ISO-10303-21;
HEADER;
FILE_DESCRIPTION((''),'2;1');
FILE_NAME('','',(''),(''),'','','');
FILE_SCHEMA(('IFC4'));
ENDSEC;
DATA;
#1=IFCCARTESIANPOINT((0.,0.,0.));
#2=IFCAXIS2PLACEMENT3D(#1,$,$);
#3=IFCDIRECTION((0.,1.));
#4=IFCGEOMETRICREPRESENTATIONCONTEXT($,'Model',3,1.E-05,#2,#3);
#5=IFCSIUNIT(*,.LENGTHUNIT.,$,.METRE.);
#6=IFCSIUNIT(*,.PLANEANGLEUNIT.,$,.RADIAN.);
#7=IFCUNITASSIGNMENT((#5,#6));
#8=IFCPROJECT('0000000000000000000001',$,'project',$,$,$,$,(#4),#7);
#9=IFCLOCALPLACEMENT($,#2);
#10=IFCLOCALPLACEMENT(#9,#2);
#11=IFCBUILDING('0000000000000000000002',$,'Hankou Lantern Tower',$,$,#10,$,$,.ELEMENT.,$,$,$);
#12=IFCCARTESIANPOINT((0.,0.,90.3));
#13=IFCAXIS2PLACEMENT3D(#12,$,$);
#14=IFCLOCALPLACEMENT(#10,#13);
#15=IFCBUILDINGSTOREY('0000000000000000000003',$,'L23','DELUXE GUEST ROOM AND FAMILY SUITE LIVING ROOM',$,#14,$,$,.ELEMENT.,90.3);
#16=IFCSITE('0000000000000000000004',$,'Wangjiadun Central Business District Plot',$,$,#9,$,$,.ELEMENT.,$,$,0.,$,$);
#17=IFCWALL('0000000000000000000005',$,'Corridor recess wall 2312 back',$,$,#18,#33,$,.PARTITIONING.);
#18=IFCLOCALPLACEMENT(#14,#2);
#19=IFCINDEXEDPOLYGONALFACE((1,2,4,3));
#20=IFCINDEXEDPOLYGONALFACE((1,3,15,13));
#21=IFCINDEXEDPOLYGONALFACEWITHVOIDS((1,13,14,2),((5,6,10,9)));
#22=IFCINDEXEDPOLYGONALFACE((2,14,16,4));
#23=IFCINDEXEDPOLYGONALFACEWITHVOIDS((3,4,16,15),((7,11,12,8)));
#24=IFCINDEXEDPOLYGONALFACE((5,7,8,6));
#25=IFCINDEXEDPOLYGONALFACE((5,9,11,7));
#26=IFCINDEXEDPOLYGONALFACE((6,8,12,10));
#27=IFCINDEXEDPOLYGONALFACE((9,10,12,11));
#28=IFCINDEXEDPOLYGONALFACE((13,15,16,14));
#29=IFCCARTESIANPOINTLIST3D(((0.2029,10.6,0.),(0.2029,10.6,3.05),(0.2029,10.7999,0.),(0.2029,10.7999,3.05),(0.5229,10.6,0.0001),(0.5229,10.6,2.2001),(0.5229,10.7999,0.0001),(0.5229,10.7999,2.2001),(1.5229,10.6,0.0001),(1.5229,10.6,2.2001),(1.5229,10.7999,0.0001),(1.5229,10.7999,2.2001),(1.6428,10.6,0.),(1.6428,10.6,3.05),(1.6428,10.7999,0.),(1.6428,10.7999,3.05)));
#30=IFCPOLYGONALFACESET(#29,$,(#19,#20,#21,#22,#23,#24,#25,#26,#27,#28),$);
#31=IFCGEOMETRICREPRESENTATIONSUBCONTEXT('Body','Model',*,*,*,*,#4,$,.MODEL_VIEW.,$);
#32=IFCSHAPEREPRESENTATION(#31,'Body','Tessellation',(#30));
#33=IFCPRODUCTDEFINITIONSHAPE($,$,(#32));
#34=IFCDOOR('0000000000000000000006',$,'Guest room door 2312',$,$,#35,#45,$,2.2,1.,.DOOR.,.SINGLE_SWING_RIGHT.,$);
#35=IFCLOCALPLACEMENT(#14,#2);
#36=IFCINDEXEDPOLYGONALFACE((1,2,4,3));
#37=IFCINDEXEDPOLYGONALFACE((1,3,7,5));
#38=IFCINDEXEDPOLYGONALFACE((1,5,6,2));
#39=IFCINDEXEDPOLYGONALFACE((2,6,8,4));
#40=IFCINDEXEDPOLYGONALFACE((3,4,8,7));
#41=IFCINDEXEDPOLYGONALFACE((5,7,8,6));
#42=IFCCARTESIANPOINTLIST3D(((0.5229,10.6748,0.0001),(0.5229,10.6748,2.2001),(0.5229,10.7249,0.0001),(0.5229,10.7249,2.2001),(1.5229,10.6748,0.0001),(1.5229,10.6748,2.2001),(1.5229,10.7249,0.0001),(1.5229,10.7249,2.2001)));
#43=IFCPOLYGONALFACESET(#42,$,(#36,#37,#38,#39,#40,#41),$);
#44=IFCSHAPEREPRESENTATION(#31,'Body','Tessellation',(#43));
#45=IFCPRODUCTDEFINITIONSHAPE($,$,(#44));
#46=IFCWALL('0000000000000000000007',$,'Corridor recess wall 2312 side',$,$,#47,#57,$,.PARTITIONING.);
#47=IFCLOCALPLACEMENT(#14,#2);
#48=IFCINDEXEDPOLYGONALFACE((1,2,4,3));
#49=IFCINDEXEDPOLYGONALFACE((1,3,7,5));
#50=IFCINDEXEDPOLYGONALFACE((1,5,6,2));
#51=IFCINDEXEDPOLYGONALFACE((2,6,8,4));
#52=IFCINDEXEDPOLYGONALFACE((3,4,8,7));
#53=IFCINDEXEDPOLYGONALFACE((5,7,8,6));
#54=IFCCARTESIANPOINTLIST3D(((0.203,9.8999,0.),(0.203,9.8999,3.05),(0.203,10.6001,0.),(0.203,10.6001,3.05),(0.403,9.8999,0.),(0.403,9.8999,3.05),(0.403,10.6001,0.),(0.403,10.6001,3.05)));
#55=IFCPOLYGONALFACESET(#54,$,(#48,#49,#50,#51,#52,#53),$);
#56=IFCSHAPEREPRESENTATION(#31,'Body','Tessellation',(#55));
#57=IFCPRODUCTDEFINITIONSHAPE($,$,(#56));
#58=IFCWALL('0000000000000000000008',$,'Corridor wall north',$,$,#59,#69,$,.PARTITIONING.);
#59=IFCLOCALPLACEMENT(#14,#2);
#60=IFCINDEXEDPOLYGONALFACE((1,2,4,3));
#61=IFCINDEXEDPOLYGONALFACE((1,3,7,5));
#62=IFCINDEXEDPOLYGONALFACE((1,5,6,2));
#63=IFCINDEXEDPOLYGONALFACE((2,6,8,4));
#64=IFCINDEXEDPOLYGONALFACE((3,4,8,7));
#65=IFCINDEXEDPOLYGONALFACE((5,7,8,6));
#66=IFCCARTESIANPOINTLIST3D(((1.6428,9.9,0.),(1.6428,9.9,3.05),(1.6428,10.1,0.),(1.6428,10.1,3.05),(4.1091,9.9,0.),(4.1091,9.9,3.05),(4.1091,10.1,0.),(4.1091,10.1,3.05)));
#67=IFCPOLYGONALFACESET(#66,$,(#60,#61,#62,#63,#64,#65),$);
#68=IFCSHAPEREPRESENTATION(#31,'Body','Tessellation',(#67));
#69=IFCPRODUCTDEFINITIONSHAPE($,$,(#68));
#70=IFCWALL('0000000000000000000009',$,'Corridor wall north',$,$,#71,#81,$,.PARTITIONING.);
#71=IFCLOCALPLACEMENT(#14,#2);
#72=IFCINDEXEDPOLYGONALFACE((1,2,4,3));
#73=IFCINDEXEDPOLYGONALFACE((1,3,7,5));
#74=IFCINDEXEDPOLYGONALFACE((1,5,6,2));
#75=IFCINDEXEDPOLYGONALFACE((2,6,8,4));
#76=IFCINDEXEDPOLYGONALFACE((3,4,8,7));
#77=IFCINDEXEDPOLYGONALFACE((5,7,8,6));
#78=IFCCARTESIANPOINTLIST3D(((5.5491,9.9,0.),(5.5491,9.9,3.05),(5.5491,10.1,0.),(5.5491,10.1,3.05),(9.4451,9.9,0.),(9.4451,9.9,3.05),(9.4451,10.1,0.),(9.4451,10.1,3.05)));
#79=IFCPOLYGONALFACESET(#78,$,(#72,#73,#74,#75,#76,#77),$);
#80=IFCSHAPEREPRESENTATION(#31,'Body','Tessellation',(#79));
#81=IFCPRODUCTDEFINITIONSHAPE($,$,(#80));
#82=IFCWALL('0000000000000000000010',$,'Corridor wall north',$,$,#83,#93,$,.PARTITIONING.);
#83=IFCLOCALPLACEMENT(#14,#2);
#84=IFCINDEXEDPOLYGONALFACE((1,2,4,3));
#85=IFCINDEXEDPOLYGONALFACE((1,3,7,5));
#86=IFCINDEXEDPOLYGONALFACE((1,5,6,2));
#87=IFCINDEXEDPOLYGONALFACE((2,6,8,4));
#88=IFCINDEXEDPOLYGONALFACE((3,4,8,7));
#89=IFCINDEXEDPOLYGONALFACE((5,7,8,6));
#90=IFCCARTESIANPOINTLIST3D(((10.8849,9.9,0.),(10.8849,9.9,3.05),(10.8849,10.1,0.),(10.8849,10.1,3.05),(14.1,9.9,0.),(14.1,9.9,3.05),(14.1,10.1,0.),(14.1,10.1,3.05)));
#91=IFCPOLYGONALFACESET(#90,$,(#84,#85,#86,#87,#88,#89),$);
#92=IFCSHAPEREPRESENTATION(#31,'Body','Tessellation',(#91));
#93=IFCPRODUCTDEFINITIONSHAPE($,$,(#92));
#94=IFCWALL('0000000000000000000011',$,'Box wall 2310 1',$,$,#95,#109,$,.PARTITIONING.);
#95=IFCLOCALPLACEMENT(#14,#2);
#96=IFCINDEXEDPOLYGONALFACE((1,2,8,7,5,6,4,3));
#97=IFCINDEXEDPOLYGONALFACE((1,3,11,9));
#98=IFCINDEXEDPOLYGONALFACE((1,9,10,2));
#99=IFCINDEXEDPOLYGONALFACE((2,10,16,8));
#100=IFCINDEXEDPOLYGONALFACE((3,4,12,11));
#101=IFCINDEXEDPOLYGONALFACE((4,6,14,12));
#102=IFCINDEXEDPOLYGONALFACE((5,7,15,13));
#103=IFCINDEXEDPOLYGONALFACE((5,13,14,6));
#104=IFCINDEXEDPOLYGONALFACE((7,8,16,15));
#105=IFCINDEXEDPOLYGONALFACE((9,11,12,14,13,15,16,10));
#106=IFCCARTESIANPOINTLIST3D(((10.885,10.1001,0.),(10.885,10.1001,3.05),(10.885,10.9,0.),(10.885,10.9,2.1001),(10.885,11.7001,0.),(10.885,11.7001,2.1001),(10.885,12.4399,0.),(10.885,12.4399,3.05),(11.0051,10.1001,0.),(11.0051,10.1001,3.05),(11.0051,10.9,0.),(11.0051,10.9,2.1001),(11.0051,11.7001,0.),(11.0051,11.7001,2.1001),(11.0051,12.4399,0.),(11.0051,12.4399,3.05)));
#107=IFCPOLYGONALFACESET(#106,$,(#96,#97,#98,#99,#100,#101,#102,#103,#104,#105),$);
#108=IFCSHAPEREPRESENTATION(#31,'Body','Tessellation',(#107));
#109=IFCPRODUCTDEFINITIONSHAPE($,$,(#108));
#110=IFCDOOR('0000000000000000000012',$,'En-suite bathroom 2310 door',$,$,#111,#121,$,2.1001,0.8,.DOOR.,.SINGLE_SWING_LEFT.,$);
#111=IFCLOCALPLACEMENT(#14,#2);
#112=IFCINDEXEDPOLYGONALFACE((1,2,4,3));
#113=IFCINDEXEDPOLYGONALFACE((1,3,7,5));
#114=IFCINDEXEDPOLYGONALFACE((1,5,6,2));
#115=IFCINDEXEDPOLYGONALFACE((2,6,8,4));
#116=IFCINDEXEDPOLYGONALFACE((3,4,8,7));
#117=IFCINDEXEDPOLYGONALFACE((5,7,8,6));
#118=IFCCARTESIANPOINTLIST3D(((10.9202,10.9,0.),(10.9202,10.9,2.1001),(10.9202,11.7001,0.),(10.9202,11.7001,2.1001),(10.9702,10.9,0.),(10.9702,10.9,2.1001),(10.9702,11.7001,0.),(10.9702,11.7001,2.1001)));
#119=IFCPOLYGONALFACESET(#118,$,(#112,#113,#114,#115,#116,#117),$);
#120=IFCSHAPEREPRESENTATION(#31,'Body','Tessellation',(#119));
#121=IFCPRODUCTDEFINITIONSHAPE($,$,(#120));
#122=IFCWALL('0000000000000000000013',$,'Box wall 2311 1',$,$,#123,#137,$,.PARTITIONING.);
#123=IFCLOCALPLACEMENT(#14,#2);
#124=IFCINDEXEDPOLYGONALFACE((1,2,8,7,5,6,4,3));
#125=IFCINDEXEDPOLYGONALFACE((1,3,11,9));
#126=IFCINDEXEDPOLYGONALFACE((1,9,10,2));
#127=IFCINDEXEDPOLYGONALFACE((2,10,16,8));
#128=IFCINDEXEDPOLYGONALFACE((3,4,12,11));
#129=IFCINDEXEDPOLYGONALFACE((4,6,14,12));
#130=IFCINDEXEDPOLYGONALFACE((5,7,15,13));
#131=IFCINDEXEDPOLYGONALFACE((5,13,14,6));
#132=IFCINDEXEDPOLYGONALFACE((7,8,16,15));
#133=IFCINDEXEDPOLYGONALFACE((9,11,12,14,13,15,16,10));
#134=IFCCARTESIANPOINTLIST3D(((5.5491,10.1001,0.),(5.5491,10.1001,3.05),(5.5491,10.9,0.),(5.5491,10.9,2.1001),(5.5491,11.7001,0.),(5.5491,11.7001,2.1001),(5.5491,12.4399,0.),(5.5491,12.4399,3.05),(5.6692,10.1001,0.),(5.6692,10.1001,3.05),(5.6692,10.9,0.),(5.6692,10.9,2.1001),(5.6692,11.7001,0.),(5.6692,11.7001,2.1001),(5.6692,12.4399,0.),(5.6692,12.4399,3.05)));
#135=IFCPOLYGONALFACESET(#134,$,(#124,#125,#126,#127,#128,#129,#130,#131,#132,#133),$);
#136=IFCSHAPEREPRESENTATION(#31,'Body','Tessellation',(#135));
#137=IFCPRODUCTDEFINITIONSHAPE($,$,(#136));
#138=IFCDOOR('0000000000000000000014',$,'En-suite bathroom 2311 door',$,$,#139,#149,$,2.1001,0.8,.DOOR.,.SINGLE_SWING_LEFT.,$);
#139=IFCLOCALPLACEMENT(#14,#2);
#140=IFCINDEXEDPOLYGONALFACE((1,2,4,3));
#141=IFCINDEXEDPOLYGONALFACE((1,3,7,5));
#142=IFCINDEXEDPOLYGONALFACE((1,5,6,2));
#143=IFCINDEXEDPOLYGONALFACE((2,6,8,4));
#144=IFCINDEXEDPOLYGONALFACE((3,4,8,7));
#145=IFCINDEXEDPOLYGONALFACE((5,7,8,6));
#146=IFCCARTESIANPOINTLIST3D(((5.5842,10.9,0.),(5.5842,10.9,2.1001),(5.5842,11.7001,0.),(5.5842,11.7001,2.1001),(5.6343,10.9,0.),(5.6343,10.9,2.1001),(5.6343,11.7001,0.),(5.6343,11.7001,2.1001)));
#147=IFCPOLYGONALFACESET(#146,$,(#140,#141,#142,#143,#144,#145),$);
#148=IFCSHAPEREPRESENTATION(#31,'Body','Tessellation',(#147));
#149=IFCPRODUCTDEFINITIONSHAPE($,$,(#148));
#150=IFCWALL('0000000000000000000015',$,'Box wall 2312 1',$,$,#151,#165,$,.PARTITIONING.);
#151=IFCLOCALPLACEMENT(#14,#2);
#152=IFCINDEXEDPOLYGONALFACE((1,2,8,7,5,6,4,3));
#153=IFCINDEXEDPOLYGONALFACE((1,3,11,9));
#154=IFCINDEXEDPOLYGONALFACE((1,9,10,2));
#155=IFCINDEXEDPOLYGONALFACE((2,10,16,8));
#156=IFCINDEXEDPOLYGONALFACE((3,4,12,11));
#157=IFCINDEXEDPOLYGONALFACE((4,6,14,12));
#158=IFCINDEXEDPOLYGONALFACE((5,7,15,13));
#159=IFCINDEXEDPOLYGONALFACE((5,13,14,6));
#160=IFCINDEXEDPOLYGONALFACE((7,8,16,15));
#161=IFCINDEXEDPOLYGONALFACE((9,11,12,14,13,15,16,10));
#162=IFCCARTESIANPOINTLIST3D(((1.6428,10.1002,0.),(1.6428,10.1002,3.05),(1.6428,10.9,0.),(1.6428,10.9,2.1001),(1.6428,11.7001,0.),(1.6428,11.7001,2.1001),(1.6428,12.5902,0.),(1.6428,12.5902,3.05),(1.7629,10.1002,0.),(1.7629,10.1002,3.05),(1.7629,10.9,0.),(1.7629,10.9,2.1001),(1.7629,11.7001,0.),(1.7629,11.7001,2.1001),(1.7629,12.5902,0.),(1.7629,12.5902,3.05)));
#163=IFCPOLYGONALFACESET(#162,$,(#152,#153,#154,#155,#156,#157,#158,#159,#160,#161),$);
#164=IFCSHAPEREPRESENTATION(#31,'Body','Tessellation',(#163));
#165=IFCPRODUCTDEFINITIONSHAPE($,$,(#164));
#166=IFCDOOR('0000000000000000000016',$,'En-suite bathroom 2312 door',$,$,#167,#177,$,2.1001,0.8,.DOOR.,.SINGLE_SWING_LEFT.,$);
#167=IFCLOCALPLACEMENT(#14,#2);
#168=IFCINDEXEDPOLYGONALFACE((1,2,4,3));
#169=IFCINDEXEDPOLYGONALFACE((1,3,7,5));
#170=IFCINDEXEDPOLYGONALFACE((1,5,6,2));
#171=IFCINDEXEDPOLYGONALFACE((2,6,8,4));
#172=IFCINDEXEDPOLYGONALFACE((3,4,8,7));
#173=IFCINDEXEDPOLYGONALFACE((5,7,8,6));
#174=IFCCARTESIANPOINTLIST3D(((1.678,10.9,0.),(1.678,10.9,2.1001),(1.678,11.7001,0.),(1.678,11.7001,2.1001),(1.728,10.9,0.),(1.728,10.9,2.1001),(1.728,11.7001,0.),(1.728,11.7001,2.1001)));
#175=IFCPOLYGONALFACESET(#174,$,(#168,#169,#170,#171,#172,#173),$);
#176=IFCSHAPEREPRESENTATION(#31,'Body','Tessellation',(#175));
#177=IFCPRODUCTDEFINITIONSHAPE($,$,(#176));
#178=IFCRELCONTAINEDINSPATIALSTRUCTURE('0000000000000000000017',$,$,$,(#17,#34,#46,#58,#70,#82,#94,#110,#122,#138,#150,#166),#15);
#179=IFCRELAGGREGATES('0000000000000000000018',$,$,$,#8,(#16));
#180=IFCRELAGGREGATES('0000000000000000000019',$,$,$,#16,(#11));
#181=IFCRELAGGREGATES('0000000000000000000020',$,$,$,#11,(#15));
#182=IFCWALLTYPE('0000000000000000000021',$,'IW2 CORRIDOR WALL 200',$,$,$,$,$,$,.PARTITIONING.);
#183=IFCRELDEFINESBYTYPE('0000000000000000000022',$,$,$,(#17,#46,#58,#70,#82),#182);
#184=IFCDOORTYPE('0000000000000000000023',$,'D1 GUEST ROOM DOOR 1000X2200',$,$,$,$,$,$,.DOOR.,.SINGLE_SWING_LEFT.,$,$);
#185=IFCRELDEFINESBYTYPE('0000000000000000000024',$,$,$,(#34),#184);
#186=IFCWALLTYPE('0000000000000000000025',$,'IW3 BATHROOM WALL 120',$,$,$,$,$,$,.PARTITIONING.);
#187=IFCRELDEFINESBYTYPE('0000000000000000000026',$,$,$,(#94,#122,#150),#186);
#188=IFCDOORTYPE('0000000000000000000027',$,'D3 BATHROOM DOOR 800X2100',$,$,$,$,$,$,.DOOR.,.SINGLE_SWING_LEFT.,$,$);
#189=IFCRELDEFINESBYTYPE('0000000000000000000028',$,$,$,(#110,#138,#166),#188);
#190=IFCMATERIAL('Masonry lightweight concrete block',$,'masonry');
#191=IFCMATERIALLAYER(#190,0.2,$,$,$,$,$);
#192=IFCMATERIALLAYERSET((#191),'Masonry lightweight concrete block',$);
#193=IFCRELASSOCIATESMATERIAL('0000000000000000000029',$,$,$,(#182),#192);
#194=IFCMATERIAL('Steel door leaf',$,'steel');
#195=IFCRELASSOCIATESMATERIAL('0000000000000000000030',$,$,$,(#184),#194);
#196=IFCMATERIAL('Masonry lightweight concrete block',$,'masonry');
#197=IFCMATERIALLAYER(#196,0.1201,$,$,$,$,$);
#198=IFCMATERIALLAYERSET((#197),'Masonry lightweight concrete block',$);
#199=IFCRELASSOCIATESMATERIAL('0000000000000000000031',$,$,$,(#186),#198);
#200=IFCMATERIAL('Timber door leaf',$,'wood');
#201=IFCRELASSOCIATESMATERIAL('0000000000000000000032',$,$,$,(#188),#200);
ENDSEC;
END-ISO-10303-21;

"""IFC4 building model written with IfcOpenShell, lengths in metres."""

from ifc_helpers import new_model, si_unit, direction, frame, frame_2d, origin, place, context, subcontext, project, spatial, rectangle, extrude, material, layer, layer_set, type_object, element, fill, save


model = new_model("IFC4")

# Units and contexts
model_context = context("Model", 3, precision=1e-05, world=origin(), true_north=direction((0.0, 1.0)))
body_context = subcontext(model_context, "Body", "Model", "MODEL_VIEW")
ifc_project = project(units=[si_unit("LENGTHUNIT", "METRE"), si_unit("PLANEANGLEUNIT", "RADIAN")], contexts=[model_context])

# Site, building, storey
site_placement = place(None, origin())
site = spatial("IfcSite", under=ifc_project, at=site_placement, Name="Wangjiadun Central Business District Plot", CompositionType="ELEMENT", RefElevation=0.0)
building_placement = place(site_placement, origin())
building = spatial("IfcBuilding", under=site, at=building_placement, Name="Hankou Lantern Tower", CompositionType="ELEMENT")
storey_placement = place(building_placement, frame((0.0, 0.0, 90.3)))
storey = spatial("IfcBuildingStorey", under=building, at=storey_placement, Name="L23", Description="DELUXE GUEST ROOM AND FAMILY SUITE LIVING ROOM", CompositionType="ELEMENT", Elevation=90.3)

# Shared definitions
ifc_material_1 = material(Name="Masonry lightweight concrete block", Category="masonry")
ifc_layer_1 = layer(ifc_material_1, 0.2)
ifc_layer_set_1 = layer_set([ifc_layer_1], Name="Masonry lightweight concrete block")
wall_type_1 = type_object("IfcWallType", Name="IW2 CORRIDOR WALL 200", PredefinedType="PARTITIONING", material=ifc_layer_set_1)

# Shared definitions
ifc_material_2 = material(Name="Steel door leaf", Category="steel")
door_type_1 = type_object("IfcDoorType", Name="D1 GUEST ROOM DOOR 1000X2200", OperationType="SINGLE_SWING_LEFT", PredefinedType="DOOR", material=ifc_material_2)

# Wall, opening, door
wall_1_placement = place(storey_placement, frame((0.2029, 10.7, 0.0), z_axis=(0.0, 0.0, 1.0), x_axis=(1.0, 0.0, 0.0)))
wall_1 = element("IfcWall", 1, at=wall_1_placement, inside=storey, type_object=wall_type_1, Name="Corridor recess wall 2312 back", PredefinedType="PARTITIONING", context=body_context, shape_type="SweptSolid", body=[
    extrude(rectangle(XDim=1.4399, YDim=0.2, at=frame_2d((0.72, 0.0))), origin(), (0.0, 0.0, 1.0), 3.05),
])
opening_1_placement = place(wall_1_placement, frame((0.3201, 0.0, 0.0)))
opening_1 = element("IfcOpeningElement", 2, at=opening_1_placement, cuts=wall_1, PredefinedType="OPENING", context=body_context, shape_type="SweptSolid", body=[
    extrude(rectangle(XDim=1.0, YDim=2.2, at=frame_2d((0.5, 1.1001))), frame((0.0, 0.1099, 0.0), z_axis=(0.0, -1.0, 0.0), x_axis=(1.0, 0.0, 0.0)), (0.0, 0.0, 1.0), 0.22),
])
door_1_placement = place(opening_1_placement, origin())
door_1 = element("IfcDoor", 3, at=door_1_placement, inside=storey, type_object=door_type_1, Name="Guest room door 2312", OperationType="SINGLE_SWING_RIGHT", OverallHeight=2.2, OverallWidth=1.0, PredefinedType="DOOR", context=body_context, shape_type="SweptSolid", body=[
    extrude(rectangle(XDim=1.0, YDim=2.2, at=frame_2d((0.5, 1.1001))), frame((0.0, 0.0249, 0.0), z_axis=(0.0, -1.0, 0.0), x_axis=(1.0, 0.0, 0.0)), (0.0, 0.0, 1.0), 0.05),
])
fill(opening_1, door_1)

# Walls
wall_2_placement = place(storey_placement, frame((0.303, 9.8999, 0.0), z_axis=(0.0, 0.0, 1.0), x_axis=(0.0, 1.0, 0.0)))
element("IfcWall", 4, at=wall_2_placement, inside=storey, type_object=wall_type_1, Name="Corridor recess wall 2312 side", PredefinedType="PARTITIONING", context=body_context, shape_type="SweptSolid", body=[
    extrude(rectangle(XDim=0.7002, YDim=0.2, at=frame_2d((0.3501, 0.0))), origin(), (0.0, 0.0, 1.0), 3.05),
])
wall_3_placement = place(storey_placement, frame((1.6428, 10.0, 0.0), z_axis=(0.0, 0.0, 1.0), x_axis=(1.0, 0.0, 0.0)))
element("IfcWall", 5, at=wall_3_placement, inside=storey, type_object=wall_type_1, Name="Corridor wall north", PredefinedType="PARTITIONING", context=body_context, shape_type="SweptSolid", body=[
    extrude(rectangle(XDim=2.4663, YDim=0.2, at=frame_2d((1.2332, 0.0))), origin(), (0.0, 0.0, 1.0), 3.05),
])
wall_4_placement = place(storey_placement, frame((5.5491, 10.0, 0.0), z_axis=(0.0, 0.0, 1.0), x_axis=(1.0, 0.0, 0.0)))
element("IfcWall", 6, at=wall_4_placement, inside=storey, type_object=wall_type_1, Name="Corridor wall north", PredefinedType="PARTITIONING", context=body_context, shape_type="SweptSolid", body=[
    extrude(rectangle(XDim=3.896, YDim=0.2, at=frame_2d((1.948, 0.0))), origin(), (0.0, 0.0, 1.0), 3.05),
])
wall_5_placement = place(storey_placement, frame((10.885, 10.0, 0.0), z_axis=(0.0, 0.0, 1.0), x_axis=(1.0, 0.0, 0.0)))
element("IfcWall", 7, at=wall_5_placement, inside=storey, type_object=wall_type_1, Name="Corridor wall north", PredefinedType="PARTITIONING", context=body_context, shape_type="SweptSolid", body=[
    extrude(rectangle(XDim=3.2151, YDim=0.2, at=frame_2d((1.6074, 0.0))), origin(), (0.0, 0.0, 1.0), 3.05),
])

# Walls, openings, doors
ifc_material_3 = material(Name="Masonry lightweight concrete block", Category="masonry")
ifc_layer_2 = layer(ifc_material_3, 0.1201)
ifc_layer_set_2 = layer_set([ifc_layer_2], Name="Masonry lightweight concrete block")
wall_type_2 = type_object("IfcWallType", Name="IW3 BATHROOM WALL 120", PredefinedType="PARTITIONING", material=ifc_layer_set_2)
wall_6_placement = place(storey_placement, frame((10.9451, 10.1001, 0.0), z_axis=(0.0, 0.0, 1.0), x_axis=(0.0, 1.0, 0.0)))
wall_6 = element("IfcWall", 8, at=wall_6_placement, inside=storey, type_object=wall_type_2, Name="Box wall 2310 1", PredefinedType="PARTITIONING", context=body_context, shape_type="SweptSolid", body=[
    extrude(rectangle(XDim=2.3398, YDim=0.1201, at=frame_2d((1.1699, 0.0))), origin(), (0.0, 0.0, 1.0), 3.05),
])
opening_2_placement = place(wall_6_placement, frame((0.8, 0.0, 0.0)))
opening_2 = element("IfcOpeningElement", 9, at=opening_2_placement, cuts=wall_6, PredefinedType="OPENING", context=body_context, shape_type="SweptSolid", body=[
    extrude(rectangle(XDim=0.8, YDim=2.1001, at=frame_2d((0.3999, 1.05))), frame((0.0, 0.0701, 0.0), z_axis=(0.0, -1.0, 0.0), x_axis=(1.0, 0.0, 0.0)), (0.0, 0.0, 1.0), 0.1401),
])
ifc_material_4 = material(Name="Timber door leaf", Category="wood")
door_type_2 = type_object("IfcDoorType", Name="D3 BATHROOM DOOR 800X2100", OperationType="SINGLE_SWING_LEFT", PredefinedType="DOOR", material=ifc_material_4)
door_2_placement = place(opening_2_placement, origin())
door_2 = element("IfcDoor", 10, at=door_2_placement, inside=storey, type_object=door_type_2, Name="En-suite bathroom 2310 door", OperationType="SINGLE_SWING_LEFT", OverallHeight=2.1001, OverallWidth=0.8, PredefinedType="DOOR", context=body_context, shape_type="SweptSolid", body=[
    extrude(rectangle(XDim=0.8, YDim=2.1001, at=frame_2d((0.3999, 1.05))), frame((0.0, 0.0249, 0.0), z_axis=(0.0, -1.0, 0.0), x_axis=(1.0, 0.0, 0.0)), (0.0, 0.0, 1.0), 0.05),
])
fill(opening_2, door_2)
wall_7_placement = place(storey_placement, frame((5.6091, 10.1001, 0.0), z_axis=(0.0, 0.0, 1.0), x_axis=(0.0, 1.0, 0.0)))
wall_7 = element("IfcWall", 11, at=wall_7_placement, inside=storey, type_object=wall_type_2, Name="Box wall 2311 1", PredefinedType="PARTITIONING", context=body_context, shape_type="SweptSolid", body=[
    extrude(rectangle(XDim=2.3398, YDim=0.1201, at=frame_2d((1.1699, 0.0))), origin(), (0.0, 0.0, 1.0), 3.05),
])
opening_3_placement = place(wall_7_placement, frame((0.8, 0.0, 0.0)))
opening_3 = element("IfcOpeningElement", 12, at=opening_3_placement, cuts=wall_7, PredefinedType="OPENING", context=body_context, shape_type="SweptSolid", body=[
    extrude(rectangle(XDim=0.8, YDim=2.1001, at=frame_2d((0.3999, 1.05))), frame((0.0, 0.0701, 0.0), z_axis=(0.0, -1.0, 0.0), x_axis=(1.0, 0.0, 0.0)), (0.0, 0.0, 1.0), 0.1401),
])
door_3_placement = place(opening_3_placement, origin())
door_3 = element("IfcDoor", 13, at=door_3_placement, inside=storey, type_object=door_type_2, Name="En-suite bathroom 2311 door", OperationType="SINGLE_SWING_LEFT", OverallHeight=2.1001, OverallWidth=0.8, PredefinedType="DOOR", context=body_context, shape_type="SweptSolid", body=[
    extrude(rectangle(XDim=0.8, YDim=2.1001, at=frame_2d((0.3999, 1.05))), frame((0.0, 0.0249, 0.0), z_axis=(0.0, -1.0, 0.0), x_axis=(1.0, 0.0, 0.0)), (0.0, 0.0, 1.0), 0.05),
])
fill(opening_3, door_3)
wall_8_placement = place(storey_placement, frame((1.7029, 10.1001, 0.0), z_axis=(0.0, 0.0, 1.0), x_axis=(0.0, 1.0, 0.0)))
wall_8 = element("IfcWall", 14, at=wall_8_placement, inside=storey, type_object=wall_type_2, Name="Box wall 2312 1", PredefinedType="PARTITIONING", context=body_context, shape_type="SweptSolid", body=[
    extrude(rectangle(XDim=2.49, YDim=0.1201, at=frame_2d((1.2451, 0.0))), origin(), (0.0, 0.0, 1.0), 3.05),
])
opening_4_placement = place(wall_8_placement, frame((0.8, 0.0, 0.0)))
opening_4 = element("IfcOpeningElement", 15, at=opening_4_placement, cuts=wall_8, PredefinedType="OPENING", context=body_context, shape_type="SweptSolid", body=[
    extrude(rectangle(XDim=0.8, YDim=2.1001, at=frame_2d((0.3999, 1.05))), frame((0.0, 0.0701, 0.0), z_axis=(0.0, -1.0, 0.0), x_axis=(1.0, 0.0, 0.0)), (0.0, 0.0, 1.0), 0.1401),
])
door_4_placement = place(opening_4_placement, origin())
door_4 = element("IfcDoor", 16, at=door_4_placement, inside=storey, type_object=door_type_2, Name="En-suite bathroom 2312 door", OperationType="SINGLE_SWING_LEFT", OverallHeight=2.1001, OverallWidth=0.8, PredefinedType="DOOR", context=body_context, shape_type="SweptSolid", body=[
    extrude(rectangle(XDim=0.8, YDim=2.1001, at=frame_2d((0.3999, 1.05))), frame((0.0, 0.0249, 0.0), z_axis=(0.0, -1.0, 0.0), x_axis=(1.0, 0.0, 0.0)), (0.0, 0.0, 1.0), 0.05),
])
fill(opening_4, door_4)

save(model, "model.ifc")
